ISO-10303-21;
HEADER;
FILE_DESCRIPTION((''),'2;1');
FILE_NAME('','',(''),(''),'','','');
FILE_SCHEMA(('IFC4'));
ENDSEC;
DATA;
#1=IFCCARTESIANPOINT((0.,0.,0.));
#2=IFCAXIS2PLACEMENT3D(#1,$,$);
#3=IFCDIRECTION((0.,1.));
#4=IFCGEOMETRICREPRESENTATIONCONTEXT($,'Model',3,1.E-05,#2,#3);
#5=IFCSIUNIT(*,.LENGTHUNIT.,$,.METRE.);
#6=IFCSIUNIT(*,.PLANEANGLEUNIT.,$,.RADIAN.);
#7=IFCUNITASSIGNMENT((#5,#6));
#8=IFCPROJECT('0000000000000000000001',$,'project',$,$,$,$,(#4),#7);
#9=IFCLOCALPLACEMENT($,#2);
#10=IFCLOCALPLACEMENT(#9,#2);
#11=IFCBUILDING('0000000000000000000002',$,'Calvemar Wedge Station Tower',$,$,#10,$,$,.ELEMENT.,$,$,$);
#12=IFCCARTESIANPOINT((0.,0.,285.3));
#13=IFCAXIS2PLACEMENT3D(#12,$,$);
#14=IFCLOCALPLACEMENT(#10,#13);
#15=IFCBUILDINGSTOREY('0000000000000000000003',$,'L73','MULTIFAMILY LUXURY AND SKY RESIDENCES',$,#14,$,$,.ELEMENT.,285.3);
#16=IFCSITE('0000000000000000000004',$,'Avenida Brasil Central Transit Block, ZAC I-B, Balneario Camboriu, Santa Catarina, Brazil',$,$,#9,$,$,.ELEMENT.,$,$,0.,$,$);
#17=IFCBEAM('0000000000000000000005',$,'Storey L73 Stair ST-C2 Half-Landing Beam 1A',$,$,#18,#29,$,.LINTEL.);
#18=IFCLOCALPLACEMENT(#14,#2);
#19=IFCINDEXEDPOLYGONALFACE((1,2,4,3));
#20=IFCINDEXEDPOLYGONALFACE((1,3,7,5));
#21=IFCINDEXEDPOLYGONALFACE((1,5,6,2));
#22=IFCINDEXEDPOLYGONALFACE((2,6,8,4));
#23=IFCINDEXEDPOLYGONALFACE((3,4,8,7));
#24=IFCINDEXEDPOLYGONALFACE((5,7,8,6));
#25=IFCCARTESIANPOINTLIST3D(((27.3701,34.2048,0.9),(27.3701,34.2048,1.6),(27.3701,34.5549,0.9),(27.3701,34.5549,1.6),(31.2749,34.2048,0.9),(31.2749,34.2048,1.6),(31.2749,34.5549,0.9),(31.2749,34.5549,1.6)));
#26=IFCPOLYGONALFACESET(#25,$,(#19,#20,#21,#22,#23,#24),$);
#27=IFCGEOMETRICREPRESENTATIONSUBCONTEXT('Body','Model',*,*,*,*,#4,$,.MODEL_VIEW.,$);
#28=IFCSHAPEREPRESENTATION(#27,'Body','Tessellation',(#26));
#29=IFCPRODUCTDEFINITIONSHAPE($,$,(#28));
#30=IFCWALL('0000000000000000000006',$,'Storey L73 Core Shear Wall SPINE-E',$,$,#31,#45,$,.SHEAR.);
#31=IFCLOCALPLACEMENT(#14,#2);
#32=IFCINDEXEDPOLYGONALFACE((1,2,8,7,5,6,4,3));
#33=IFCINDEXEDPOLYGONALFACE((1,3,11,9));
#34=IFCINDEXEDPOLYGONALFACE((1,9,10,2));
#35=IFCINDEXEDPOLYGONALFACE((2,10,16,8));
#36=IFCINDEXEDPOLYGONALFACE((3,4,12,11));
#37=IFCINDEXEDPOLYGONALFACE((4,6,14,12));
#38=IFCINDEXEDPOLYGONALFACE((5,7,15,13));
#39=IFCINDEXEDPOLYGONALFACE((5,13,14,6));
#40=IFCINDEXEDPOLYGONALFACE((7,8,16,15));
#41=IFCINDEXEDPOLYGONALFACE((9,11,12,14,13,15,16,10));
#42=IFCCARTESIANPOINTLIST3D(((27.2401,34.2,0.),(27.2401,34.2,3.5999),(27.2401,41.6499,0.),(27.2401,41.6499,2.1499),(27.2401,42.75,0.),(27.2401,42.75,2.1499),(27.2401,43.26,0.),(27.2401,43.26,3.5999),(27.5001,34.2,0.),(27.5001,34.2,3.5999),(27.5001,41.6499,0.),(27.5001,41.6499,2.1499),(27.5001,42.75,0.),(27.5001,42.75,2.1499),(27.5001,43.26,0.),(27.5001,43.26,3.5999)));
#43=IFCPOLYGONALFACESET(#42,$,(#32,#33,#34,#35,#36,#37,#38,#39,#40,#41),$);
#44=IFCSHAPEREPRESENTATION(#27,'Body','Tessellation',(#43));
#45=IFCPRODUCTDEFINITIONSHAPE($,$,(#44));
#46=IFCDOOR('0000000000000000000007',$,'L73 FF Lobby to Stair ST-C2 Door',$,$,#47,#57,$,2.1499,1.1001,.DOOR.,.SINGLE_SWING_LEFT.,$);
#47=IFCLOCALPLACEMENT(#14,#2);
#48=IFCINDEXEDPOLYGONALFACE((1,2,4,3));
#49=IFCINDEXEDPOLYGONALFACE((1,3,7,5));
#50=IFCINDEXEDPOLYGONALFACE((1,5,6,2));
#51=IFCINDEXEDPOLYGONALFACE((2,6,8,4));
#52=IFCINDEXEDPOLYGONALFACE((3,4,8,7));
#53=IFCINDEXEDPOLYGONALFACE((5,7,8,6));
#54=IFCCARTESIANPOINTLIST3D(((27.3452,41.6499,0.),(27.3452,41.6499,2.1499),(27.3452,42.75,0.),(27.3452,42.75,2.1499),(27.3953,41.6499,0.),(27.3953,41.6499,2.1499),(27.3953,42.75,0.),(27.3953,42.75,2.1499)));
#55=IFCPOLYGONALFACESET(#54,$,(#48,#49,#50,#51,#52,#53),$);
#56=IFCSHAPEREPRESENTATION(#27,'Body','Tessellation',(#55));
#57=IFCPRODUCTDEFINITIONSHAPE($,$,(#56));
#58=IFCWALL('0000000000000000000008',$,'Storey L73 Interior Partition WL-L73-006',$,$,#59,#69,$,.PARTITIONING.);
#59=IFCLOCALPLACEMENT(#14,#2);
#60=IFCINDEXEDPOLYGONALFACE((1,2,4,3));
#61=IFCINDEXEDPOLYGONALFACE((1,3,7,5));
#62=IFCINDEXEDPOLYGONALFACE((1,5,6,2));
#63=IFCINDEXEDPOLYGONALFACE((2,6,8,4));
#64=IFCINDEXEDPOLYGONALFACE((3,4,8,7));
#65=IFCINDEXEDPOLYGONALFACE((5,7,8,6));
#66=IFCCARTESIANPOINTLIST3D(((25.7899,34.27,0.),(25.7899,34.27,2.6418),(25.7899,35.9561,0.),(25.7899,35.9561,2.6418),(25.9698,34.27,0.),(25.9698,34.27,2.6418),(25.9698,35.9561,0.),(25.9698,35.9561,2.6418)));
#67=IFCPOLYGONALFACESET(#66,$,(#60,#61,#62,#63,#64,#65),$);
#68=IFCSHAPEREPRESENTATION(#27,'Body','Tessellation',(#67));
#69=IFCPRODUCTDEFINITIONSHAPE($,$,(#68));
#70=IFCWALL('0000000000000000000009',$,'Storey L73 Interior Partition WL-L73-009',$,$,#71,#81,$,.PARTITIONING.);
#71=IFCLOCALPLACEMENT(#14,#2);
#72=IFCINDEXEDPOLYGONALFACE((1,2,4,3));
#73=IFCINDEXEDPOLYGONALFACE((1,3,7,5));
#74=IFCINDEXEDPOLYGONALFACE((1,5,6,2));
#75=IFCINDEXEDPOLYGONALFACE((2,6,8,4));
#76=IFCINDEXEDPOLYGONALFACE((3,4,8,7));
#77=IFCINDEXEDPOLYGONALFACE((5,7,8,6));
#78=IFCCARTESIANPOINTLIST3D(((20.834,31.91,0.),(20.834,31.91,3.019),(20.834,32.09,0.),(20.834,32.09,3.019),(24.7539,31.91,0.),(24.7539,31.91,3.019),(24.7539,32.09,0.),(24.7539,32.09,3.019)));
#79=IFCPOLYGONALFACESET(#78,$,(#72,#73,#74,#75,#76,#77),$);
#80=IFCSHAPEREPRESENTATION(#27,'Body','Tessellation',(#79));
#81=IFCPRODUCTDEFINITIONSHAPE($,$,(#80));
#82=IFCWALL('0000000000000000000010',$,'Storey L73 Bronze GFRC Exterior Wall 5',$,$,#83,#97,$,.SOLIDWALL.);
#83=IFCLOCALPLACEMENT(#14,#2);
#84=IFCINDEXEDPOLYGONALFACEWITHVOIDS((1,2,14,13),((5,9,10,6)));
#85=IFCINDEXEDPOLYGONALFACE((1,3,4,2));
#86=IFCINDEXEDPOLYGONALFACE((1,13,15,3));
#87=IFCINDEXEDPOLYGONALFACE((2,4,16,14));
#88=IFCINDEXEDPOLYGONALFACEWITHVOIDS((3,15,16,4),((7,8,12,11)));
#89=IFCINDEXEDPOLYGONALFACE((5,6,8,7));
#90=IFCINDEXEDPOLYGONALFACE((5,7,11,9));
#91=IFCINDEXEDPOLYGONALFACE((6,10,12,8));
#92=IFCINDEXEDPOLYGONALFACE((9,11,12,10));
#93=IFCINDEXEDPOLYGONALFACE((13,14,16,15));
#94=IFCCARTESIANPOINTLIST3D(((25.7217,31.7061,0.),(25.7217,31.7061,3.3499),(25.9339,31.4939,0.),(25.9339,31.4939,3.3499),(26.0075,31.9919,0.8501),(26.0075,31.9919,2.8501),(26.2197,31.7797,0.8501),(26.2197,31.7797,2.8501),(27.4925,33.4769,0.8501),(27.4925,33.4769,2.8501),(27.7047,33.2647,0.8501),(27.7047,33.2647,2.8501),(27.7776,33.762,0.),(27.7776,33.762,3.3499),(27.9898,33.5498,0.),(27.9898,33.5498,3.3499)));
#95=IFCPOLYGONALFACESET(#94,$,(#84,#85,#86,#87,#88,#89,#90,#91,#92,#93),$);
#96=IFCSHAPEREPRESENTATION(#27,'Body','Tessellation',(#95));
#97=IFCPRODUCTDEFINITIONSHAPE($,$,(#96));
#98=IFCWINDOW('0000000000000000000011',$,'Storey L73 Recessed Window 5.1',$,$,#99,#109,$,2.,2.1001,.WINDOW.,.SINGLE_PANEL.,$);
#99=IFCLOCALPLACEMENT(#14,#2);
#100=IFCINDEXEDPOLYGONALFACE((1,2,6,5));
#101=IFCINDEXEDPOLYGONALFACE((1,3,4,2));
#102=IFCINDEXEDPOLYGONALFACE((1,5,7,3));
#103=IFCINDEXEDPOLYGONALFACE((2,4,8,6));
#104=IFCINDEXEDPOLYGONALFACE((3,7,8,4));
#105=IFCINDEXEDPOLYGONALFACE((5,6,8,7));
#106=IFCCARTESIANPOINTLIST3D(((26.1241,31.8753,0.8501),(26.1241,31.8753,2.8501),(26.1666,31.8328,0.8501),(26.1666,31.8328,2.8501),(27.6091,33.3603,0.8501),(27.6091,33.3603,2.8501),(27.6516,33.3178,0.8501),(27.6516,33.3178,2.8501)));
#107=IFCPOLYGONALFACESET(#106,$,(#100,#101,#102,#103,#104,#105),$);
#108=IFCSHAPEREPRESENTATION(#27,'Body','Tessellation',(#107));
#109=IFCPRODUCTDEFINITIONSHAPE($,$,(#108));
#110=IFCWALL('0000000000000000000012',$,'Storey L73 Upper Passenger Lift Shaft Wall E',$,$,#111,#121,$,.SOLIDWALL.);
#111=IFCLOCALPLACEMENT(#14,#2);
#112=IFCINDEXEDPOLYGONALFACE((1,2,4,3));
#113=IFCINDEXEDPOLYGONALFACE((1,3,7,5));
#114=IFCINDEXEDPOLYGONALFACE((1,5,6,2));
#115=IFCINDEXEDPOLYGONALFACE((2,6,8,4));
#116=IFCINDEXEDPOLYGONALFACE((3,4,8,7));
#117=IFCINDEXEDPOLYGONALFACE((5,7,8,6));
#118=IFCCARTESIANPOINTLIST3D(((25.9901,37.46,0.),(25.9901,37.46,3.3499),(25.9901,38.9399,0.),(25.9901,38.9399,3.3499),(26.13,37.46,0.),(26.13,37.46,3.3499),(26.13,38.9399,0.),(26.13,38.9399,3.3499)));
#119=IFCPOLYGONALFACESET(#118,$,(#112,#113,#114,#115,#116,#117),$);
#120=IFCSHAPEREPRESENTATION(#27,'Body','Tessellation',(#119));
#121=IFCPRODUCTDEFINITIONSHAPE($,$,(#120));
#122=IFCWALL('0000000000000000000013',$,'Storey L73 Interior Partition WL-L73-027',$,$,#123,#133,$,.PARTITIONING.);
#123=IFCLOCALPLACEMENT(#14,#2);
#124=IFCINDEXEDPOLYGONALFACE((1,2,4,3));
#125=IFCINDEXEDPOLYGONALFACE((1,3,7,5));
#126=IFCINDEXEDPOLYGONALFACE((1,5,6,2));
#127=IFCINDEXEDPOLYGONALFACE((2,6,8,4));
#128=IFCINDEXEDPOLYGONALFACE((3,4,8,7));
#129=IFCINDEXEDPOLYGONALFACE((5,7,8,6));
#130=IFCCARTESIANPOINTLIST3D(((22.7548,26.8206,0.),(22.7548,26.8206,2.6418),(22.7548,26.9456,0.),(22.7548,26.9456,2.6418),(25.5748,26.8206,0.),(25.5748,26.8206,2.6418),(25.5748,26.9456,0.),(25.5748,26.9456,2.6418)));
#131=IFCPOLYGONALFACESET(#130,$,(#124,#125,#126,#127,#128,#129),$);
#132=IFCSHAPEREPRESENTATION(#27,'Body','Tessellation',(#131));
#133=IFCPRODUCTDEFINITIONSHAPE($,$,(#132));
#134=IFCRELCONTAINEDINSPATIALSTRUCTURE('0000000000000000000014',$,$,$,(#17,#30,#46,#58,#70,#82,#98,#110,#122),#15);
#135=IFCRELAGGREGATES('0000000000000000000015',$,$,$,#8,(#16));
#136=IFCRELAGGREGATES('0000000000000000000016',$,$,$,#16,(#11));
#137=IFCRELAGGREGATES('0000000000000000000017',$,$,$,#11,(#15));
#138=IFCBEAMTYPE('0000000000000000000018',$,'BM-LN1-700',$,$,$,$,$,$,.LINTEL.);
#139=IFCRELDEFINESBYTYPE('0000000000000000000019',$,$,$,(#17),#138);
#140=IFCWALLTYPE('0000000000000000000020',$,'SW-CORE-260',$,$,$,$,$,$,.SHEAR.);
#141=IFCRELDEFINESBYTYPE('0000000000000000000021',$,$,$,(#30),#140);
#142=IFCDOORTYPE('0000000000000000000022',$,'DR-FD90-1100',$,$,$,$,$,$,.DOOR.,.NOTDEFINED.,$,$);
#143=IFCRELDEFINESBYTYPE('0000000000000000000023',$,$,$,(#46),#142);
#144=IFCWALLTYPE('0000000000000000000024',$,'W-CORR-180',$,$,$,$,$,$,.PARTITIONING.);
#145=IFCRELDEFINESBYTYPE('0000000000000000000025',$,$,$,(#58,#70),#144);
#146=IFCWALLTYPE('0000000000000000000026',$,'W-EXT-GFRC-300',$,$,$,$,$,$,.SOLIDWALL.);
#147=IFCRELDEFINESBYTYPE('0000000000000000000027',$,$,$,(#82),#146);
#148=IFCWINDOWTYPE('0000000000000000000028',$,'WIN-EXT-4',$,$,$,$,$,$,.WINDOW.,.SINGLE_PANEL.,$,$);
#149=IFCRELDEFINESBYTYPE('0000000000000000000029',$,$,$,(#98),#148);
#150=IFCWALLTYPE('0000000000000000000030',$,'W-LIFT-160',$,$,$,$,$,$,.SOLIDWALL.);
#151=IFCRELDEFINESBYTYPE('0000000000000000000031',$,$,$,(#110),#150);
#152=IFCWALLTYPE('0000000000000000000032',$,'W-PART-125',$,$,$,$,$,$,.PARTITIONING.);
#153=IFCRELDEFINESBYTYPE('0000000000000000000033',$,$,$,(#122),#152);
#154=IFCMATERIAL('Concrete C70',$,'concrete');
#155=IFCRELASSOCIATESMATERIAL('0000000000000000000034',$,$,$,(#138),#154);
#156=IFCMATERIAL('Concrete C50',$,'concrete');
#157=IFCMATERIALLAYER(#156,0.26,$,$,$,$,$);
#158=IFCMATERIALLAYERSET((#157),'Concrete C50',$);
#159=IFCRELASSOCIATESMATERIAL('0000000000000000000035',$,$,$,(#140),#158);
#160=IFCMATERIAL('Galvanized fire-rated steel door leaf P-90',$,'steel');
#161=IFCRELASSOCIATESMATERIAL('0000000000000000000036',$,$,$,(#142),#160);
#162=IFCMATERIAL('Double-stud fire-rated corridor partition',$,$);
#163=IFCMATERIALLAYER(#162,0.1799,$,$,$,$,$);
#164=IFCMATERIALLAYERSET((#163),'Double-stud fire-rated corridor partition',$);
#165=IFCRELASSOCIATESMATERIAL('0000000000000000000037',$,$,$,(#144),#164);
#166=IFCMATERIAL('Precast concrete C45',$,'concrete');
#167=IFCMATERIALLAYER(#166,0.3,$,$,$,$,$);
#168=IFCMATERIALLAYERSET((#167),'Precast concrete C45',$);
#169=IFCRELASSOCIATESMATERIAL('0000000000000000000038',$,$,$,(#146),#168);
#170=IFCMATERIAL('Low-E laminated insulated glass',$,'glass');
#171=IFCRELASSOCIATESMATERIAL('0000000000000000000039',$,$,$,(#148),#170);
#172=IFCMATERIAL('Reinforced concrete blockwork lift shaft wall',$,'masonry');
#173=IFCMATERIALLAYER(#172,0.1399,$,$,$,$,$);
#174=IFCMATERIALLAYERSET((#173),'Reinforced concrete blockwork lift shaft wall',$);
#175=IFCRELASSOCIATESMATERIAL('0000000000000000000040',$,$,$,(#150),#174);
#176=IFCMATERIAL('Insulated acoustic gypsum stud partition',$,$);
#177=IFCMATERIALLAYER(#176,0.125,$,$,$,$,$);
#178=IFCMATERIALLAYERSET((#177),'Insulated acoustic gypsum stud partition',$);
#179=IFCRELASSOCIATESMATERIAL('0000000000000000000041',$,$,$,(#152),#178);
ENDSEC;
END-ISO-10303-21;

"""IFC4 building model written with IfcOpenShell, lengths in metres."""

from ifc_helpers import new_model, si_unit, direction, frame, frame_2d, origin, origin_2d, place, context, subcontext, project, spatial, rectangle, extrude, source, transform, mapped, material, layer, layer_set, material_profile, profile_set, type_object, element, fill, save


model = new_model("IFC4")

# Units and contexts
model_context = context("Model", 3, precision=1e-05, world=origin(), true_north=direction((0.0, 1.0)))
body_context = subcontext(model_context, "Body", "Model", "MODEL_VIEW")
ifc_project = project(units=[si_unit("LENGTHUNIT", "METRE"), si_unit("PLANEANGLEUNIT", "RADIAN")], contexts=[model_context])

# Site, building, storey
site_placement = place(None, origin())
site = spatial("IfcSite", under=ifc_project, at=site_placement, Name="Avenida Brasil Central Transit Block, ZAC I-B, Balneario Camboriu, Santa Catarina, Brazil", CompositionType="ELEMENT", RefElevation=0.0)
building_placement = place(site_placement, origin())
building = spatial("IfcBuilding", under=site, at=building_placement, Name="Calvemar Wedge Station Tower", CompositionType="ELEMENT")
storey_placement = place(building_placement, frame((0.0, 0.0, 285.3)))
storey = spatial("IfcBuildingStorey", under=building, at=storey_placement, Name="L73", Description="MULTIFAMILY LUXURY AND SKY RESIDENCES", CompositionType="ELEMENT", Elevation=285.3)

# Beam
ifc_material_1 = material(Name="Concrete C70", Category="concrete")
ifc_material_profile = material_profile(ifc_material_1, rectangle(XDim=0.3501, YDim=0.7, at=origin_2d()), Name="RC350x700")
ifc_profile_set = profile_set([ifc_material_profile], Name="Concrete C70")
beam_type = type_object("IfcBeamType", Name="BM-LN1-700", PredefinedType="LINTEL", material=ifc_profile_set)
shared_shape_1 = source(origin(), body_context, "Body", "SweptSolid", [
    extrude(rectangle(XDim=0.3501, YDim=0.7, at=origin_2d()), origin(), (0.0, 0.0, 1.0), 3.9048),
])
beam_placement = place(storey_placement, frame((27.3701, 34.3799, 1.25), z_axis=(1.0, 0.0, 0.0), x_axis=(0.0, 1.0, 0.0)))
element("IfcBeam", 1, at=beam_placement, inside=storey, type_object=beam_type, Name="Storey L73 Stair ST-C2 Half-Landing Beam 1A", PredefinedType="LINTEL", context=body_context, shape_type="MappedRepresentation", body=[
    mapped(shared_shape_1, transform((0.0, 0.0, 0.0), scale=1.0)),
])

# Wall, opening, door
ifc_material_2 = material(Name="Concrete C50", Category="concrete")
ifc_layer_1 = layer(ifc_material_2, 0.26)
ifc_layer_set_1 = layer_set([ifc_layer_1], Name="Concrete C50")
wall_type_1 = type_object("IfcWallType", Name="SW-CORE-260", PredefinedType="SHEAR", material=ifc_layer_set_1)
wall_1_placement = place(storey_placement, frame((27.3701, 34.2, 0.0), z_axis=(0.0, 0.0, 1.0), x_axis=(0.0, 1.0, 0.0)))
wall_1 = element("IfcWall", 2, at=wall_1_placement, inside=storey, type_object=wall_type_1, Name="Storey L73 Core Shear Wall SPINE-E", PredefinedType="SHEAR", context=body_context, shape_type="SweptSolid", body=[
    extrude(rectangle(XDim=9.0601, YDim=0.26, at=frame_2d((4.53, 0.0))), origin(), (0.0, 0.0, 1.0), 3.5999),
])
shared_shape_2 = source(origin(), body_context, "Body", "SweptSolid", [
    extrude(rectangle(XDim=1.1001, YDim=2.1499, at=frame_2d((0.55, 1.075))), frame((0.0, 0.1401, 0.0), z_axis=(0.0, -1.0, 0.0), x_axis=(1.0, 0.0, 0.0)), (0.0, 0.0, 1.0), 0.28),
])
opening_1_placement = place(wall_1_placement, frame((7.45, 0.0, 0.0)))
opening_1 = element("IfcOpeningElement", 3, at=opening_1_placement, cuts=wall_1, PredefinedType="OPENING", context=body_context, shape_type="MappedRepresentation", body=[
    mapped(shared_shape_2, transform((0.0, 0.0, 0.0), scale=1.0)),
])
ifc_material_3 = material(Name="Galvanized fire-rated steel door leaf P-90", Category="steel")
door_type_1 = type_object("IfcDoorType", Name="DR-FD90-1100", OperationType="NOTDEFINED", PredefinedType="DOOR", material=ifc_material_3)
shared_shape_3 = source(origin(), body_context, "Body", "SweptSolid", [
    extrude(rectangle(XDim=1.1001, YDim=2.1499, at=frame_2d((0.55, 1.075))), frame((0.0, 0.0249, 0.0), z_axis=(0.0, -1.0, 0.0), x_axis=(1.0, 0.0, 0.0)), (0.0, 0.0, 1.0), 0.05),
])
door_1_placement = place(opening_1_placement, origin())
door_1 = element("IfcDoor", 4, at=door_1_placement, inside=storey, type_object=door_type_1, Name="L73 FF Lobby to Stair ST-C2 Door", OperationType="SINGLE_SWING_LEFT", OverallHeight=2.1499, OverallWidth=1.1001, PredefinedType="DOOR", context=body_context, shape_type="MappedRepresentation", body=[
    mapped(shared_shape_3, transform((0.0, 0.0, 0.0), scale=1.0)),
])
fill(opening_1, door_1)

# Walls
ifc_material_4 = material(Name="Double-stud fire-rated corridor partition")
ifc_layer_2 = layer(ifc_material_4, 0.1799)
ifc_layer_set_2 = layer_set([ifc_layer_2], Name="Double-stud fire-rated corridor partition")
wall_type_2 = type_object("IfcWallType", Name="W-CORR-180", PredefinedType="PARTITIONING", material=ifc_layer_set_2)
wall_2_placement = place(storey_placement, frame((25.8799, 35.9561, 0.0), z_axis=(0.0, 0.0, 1.0), x_axis=(0.0, -1.0, 0.0)))
element("IfcWall", 5, at=wall_2_placement, inside=storey, type_object=wall_type_2, Name="Storey L73 Interior Partition WL-L73-006", PredefinedType="PARTITIONING", context=body_context, shape_type="SweptSolid", body=[
    extrude(rectangle(XDim=1.686, YDim=0.1799, at=frame_2d((0.843, 0.0))), origin(), (0.0, 0.0, 1.0), 2.6418),
])
wall_3_placement = place(storey_placement, frame((24.7539, 32.0, 0.0), z_axis=(0.0, 0.0, 1.0), x_axis=(-1.0, 0.0, 0.0)))
element("IfcWall", 6, at=wall_3_placement, inside=storey, type_object=wall_type_2, Name="Storey L73 Interior Partition WL-L73-009", PredefinedType="PARTITIONING", context=body_context, shape_type="SweptSolid", body=[
    extrude(rectangle(XDim=3.9199, YDim=0.1799, at=frame_2d((1.96, 0.0))), origin(), (0.0, 0.0, 1.0), 3.019),
])

# Shared definitions
ifc_material_5 = material(Name="Precast concrete C45", Category="concrete")
ifc_layer_3 = layer(ifc_material_5, 0.3)
ifc_layer_set_3 = layer_set([ifc_layer_3], Name="Precast concrete C45")
wall_type_3 = type_object("IfcWallType", Name="W-EXT-GFRC-300", PredefinedType="SOLIDWALL", material=ifc_layer_set_3)
ifc_material_6 = material(Name="Low-E laminated insulated glass", Category="glass")

# Wall, opening, window
wall_4_placement = place(storey_placement, frame((25.8279, 31.6001, 0.0), z_axis=(0.0, 0.0, 1.0), x_axis=(0.707107, 0.707107, 0.0)))
wall_4 = element("IfcWall", 7, at=wall_4_placement, inside=storey, type_object=wall_type_3, Name="Storey L73 Bronze GFRC Exterior Wall 5", PredefinedType="SOLIDWALL", context=body_context, shape_type="SweptSolid", body=[
    extrude(rectangle(XDim=2.9075, YDim=0.3, at=frame_2d((1.4536, 0.0))), origin(), (0.0, 0.0, 1.0), 3.3499),
])
shared_shape_4 = source(origin(), body_context, "Body", "SweptSolid", [
    extrude(rectangle(XDim=2.1001, YDim=2.0, at=frame_2d((1.05, 1.0))), frame((0.0, 0.1602, 0.0), z_axis=(0.0, -1.0, 0.0), x_axis=(1.0, 0.0, 0.0)), (0.0, 0.0, 1.0), 0.3201),
])
opening_2_placement = place(wall_4_placement, frame((0.4041, 0.0, 0.8501)))
opening_2 = element("IfcOpeningElement", 8, at=opening_2_placement, cuts=wall_4, PredefinedType="OPENING", context=body_context, shape_type="MappedRepresentation", body=[
    mapped(shared_shape_4, transform((0.0, 0.0, 0.0), scale=1.0)),
])
window_type_1 = type_object("IfcWindowType", Name="WIN-EXT-4", PartitioningType="SINGLE_PANEL", PredefinedType="WINDOW", material=ifc_material_6)
shared_shape_5 = source(origin(), body_context, "Body", "SweptSolid", [
    extrude(rectangle(XDim=2.1001, YDim=2.0, at=frame_2d((1.05, 1.0))), frame((0.0, -0.0149, 0.0), z_axis=(0.0, -1.0, 0.0), x_axis=(1.0, 0.0, 0.0)), (0.0, 0.0, 1.0), 0.0601),
])
window_1_placement = place(opening_2_placement, origin())
window_1 = element("IfcWindow", 9, at=window_1_placement, inside=storey, type_object=window_type_1, Name="Storey L73 Recessed Window 5.1", OverallHeight=2.0, OverallWidth=2.1001, PartitioningType="SINGLE_PANEL", PredefinedType="WINDOW", context=body_context, shape_type="MappedRepresentation", body=[
    mapped(shared_shape_5, transform((0.0, 0.0, 0.0), scale=1.0)),
])
fill(opening_2, window_1)

# Walls
ifc_material_7 = material(Name="Reinforced concrete blockwork lift shaft wall", Category="masonry")
ifc_layer_4 = layer(ifc_material_7, 0.1399)
ifc_layer_set_4 = layer_set([ifc_layer_4], Name="Reinforced concrete blockwork lift shaft wall")
wall_type_4 = type_object("IfcWallType", Name="W-LIFT-160", PredefinedType="SOLIDWALL", material=ifc_layer_set_4)
wall_5_placement = place(storey_placement, frame((26.0601, 37.46, 0.0), z_axis=(0.0, 0.0, 1.0), x_axis=(0.0, 1.0, 0.0)))
element("IfcWall", 10, at=wall_5_placement, inside=storey, type_object=wall_type_4, Name="Storey L73 Upper Passenger Lift Shaft Wall E", PredefinedType="SOLIDWALL", context=body_context, shape_type="SweptSolid", body=[
    extrude(rectangle(XDim=1.48, YDim=0.1399, at=frame_2d((0.74, 0.0))), origin(), (0.0, 0.0, 1.0), 3.3499),
])
ifc_material_8 = material(Name="Insulated acoustic gypsum stud partition")
ifc_layer_5 = layer(ifc_material_8, 0.125)
ifc_layer_set_5 = layer_set([ifc_layer_5], Name="Insulated acoustic gypsum stud partition")
wall_type_5 = type_object("IfcWallType", Name="W-PART-125", PredefinedType="PARTITIONING", material=ifc_layer_set_5)
wall_6_placement = place(storey_placement, frame((25.575, 26.8831, 0.0), z_axis=(0.0, 0.0, 1.0), x_axis=(-1.0, 0.0, 0.0)))
element("IfcWall", 11, at=wall_6_placement, inside=storey, type_object=wall_type_5, Name="Storey L73 Interior Partition WL-L73-027", PredefinedType="PARTITIONING", context=body_context, shape_type="SweptSolid", body=[
    extrude(rectangle(XDim=2.8201, YDim=0.125, at=frame_2d((1.4102, 0.0))), origin(), (0.0, 0.0, 1.0), 2.6418),
])

save(model, "model.ifc")
